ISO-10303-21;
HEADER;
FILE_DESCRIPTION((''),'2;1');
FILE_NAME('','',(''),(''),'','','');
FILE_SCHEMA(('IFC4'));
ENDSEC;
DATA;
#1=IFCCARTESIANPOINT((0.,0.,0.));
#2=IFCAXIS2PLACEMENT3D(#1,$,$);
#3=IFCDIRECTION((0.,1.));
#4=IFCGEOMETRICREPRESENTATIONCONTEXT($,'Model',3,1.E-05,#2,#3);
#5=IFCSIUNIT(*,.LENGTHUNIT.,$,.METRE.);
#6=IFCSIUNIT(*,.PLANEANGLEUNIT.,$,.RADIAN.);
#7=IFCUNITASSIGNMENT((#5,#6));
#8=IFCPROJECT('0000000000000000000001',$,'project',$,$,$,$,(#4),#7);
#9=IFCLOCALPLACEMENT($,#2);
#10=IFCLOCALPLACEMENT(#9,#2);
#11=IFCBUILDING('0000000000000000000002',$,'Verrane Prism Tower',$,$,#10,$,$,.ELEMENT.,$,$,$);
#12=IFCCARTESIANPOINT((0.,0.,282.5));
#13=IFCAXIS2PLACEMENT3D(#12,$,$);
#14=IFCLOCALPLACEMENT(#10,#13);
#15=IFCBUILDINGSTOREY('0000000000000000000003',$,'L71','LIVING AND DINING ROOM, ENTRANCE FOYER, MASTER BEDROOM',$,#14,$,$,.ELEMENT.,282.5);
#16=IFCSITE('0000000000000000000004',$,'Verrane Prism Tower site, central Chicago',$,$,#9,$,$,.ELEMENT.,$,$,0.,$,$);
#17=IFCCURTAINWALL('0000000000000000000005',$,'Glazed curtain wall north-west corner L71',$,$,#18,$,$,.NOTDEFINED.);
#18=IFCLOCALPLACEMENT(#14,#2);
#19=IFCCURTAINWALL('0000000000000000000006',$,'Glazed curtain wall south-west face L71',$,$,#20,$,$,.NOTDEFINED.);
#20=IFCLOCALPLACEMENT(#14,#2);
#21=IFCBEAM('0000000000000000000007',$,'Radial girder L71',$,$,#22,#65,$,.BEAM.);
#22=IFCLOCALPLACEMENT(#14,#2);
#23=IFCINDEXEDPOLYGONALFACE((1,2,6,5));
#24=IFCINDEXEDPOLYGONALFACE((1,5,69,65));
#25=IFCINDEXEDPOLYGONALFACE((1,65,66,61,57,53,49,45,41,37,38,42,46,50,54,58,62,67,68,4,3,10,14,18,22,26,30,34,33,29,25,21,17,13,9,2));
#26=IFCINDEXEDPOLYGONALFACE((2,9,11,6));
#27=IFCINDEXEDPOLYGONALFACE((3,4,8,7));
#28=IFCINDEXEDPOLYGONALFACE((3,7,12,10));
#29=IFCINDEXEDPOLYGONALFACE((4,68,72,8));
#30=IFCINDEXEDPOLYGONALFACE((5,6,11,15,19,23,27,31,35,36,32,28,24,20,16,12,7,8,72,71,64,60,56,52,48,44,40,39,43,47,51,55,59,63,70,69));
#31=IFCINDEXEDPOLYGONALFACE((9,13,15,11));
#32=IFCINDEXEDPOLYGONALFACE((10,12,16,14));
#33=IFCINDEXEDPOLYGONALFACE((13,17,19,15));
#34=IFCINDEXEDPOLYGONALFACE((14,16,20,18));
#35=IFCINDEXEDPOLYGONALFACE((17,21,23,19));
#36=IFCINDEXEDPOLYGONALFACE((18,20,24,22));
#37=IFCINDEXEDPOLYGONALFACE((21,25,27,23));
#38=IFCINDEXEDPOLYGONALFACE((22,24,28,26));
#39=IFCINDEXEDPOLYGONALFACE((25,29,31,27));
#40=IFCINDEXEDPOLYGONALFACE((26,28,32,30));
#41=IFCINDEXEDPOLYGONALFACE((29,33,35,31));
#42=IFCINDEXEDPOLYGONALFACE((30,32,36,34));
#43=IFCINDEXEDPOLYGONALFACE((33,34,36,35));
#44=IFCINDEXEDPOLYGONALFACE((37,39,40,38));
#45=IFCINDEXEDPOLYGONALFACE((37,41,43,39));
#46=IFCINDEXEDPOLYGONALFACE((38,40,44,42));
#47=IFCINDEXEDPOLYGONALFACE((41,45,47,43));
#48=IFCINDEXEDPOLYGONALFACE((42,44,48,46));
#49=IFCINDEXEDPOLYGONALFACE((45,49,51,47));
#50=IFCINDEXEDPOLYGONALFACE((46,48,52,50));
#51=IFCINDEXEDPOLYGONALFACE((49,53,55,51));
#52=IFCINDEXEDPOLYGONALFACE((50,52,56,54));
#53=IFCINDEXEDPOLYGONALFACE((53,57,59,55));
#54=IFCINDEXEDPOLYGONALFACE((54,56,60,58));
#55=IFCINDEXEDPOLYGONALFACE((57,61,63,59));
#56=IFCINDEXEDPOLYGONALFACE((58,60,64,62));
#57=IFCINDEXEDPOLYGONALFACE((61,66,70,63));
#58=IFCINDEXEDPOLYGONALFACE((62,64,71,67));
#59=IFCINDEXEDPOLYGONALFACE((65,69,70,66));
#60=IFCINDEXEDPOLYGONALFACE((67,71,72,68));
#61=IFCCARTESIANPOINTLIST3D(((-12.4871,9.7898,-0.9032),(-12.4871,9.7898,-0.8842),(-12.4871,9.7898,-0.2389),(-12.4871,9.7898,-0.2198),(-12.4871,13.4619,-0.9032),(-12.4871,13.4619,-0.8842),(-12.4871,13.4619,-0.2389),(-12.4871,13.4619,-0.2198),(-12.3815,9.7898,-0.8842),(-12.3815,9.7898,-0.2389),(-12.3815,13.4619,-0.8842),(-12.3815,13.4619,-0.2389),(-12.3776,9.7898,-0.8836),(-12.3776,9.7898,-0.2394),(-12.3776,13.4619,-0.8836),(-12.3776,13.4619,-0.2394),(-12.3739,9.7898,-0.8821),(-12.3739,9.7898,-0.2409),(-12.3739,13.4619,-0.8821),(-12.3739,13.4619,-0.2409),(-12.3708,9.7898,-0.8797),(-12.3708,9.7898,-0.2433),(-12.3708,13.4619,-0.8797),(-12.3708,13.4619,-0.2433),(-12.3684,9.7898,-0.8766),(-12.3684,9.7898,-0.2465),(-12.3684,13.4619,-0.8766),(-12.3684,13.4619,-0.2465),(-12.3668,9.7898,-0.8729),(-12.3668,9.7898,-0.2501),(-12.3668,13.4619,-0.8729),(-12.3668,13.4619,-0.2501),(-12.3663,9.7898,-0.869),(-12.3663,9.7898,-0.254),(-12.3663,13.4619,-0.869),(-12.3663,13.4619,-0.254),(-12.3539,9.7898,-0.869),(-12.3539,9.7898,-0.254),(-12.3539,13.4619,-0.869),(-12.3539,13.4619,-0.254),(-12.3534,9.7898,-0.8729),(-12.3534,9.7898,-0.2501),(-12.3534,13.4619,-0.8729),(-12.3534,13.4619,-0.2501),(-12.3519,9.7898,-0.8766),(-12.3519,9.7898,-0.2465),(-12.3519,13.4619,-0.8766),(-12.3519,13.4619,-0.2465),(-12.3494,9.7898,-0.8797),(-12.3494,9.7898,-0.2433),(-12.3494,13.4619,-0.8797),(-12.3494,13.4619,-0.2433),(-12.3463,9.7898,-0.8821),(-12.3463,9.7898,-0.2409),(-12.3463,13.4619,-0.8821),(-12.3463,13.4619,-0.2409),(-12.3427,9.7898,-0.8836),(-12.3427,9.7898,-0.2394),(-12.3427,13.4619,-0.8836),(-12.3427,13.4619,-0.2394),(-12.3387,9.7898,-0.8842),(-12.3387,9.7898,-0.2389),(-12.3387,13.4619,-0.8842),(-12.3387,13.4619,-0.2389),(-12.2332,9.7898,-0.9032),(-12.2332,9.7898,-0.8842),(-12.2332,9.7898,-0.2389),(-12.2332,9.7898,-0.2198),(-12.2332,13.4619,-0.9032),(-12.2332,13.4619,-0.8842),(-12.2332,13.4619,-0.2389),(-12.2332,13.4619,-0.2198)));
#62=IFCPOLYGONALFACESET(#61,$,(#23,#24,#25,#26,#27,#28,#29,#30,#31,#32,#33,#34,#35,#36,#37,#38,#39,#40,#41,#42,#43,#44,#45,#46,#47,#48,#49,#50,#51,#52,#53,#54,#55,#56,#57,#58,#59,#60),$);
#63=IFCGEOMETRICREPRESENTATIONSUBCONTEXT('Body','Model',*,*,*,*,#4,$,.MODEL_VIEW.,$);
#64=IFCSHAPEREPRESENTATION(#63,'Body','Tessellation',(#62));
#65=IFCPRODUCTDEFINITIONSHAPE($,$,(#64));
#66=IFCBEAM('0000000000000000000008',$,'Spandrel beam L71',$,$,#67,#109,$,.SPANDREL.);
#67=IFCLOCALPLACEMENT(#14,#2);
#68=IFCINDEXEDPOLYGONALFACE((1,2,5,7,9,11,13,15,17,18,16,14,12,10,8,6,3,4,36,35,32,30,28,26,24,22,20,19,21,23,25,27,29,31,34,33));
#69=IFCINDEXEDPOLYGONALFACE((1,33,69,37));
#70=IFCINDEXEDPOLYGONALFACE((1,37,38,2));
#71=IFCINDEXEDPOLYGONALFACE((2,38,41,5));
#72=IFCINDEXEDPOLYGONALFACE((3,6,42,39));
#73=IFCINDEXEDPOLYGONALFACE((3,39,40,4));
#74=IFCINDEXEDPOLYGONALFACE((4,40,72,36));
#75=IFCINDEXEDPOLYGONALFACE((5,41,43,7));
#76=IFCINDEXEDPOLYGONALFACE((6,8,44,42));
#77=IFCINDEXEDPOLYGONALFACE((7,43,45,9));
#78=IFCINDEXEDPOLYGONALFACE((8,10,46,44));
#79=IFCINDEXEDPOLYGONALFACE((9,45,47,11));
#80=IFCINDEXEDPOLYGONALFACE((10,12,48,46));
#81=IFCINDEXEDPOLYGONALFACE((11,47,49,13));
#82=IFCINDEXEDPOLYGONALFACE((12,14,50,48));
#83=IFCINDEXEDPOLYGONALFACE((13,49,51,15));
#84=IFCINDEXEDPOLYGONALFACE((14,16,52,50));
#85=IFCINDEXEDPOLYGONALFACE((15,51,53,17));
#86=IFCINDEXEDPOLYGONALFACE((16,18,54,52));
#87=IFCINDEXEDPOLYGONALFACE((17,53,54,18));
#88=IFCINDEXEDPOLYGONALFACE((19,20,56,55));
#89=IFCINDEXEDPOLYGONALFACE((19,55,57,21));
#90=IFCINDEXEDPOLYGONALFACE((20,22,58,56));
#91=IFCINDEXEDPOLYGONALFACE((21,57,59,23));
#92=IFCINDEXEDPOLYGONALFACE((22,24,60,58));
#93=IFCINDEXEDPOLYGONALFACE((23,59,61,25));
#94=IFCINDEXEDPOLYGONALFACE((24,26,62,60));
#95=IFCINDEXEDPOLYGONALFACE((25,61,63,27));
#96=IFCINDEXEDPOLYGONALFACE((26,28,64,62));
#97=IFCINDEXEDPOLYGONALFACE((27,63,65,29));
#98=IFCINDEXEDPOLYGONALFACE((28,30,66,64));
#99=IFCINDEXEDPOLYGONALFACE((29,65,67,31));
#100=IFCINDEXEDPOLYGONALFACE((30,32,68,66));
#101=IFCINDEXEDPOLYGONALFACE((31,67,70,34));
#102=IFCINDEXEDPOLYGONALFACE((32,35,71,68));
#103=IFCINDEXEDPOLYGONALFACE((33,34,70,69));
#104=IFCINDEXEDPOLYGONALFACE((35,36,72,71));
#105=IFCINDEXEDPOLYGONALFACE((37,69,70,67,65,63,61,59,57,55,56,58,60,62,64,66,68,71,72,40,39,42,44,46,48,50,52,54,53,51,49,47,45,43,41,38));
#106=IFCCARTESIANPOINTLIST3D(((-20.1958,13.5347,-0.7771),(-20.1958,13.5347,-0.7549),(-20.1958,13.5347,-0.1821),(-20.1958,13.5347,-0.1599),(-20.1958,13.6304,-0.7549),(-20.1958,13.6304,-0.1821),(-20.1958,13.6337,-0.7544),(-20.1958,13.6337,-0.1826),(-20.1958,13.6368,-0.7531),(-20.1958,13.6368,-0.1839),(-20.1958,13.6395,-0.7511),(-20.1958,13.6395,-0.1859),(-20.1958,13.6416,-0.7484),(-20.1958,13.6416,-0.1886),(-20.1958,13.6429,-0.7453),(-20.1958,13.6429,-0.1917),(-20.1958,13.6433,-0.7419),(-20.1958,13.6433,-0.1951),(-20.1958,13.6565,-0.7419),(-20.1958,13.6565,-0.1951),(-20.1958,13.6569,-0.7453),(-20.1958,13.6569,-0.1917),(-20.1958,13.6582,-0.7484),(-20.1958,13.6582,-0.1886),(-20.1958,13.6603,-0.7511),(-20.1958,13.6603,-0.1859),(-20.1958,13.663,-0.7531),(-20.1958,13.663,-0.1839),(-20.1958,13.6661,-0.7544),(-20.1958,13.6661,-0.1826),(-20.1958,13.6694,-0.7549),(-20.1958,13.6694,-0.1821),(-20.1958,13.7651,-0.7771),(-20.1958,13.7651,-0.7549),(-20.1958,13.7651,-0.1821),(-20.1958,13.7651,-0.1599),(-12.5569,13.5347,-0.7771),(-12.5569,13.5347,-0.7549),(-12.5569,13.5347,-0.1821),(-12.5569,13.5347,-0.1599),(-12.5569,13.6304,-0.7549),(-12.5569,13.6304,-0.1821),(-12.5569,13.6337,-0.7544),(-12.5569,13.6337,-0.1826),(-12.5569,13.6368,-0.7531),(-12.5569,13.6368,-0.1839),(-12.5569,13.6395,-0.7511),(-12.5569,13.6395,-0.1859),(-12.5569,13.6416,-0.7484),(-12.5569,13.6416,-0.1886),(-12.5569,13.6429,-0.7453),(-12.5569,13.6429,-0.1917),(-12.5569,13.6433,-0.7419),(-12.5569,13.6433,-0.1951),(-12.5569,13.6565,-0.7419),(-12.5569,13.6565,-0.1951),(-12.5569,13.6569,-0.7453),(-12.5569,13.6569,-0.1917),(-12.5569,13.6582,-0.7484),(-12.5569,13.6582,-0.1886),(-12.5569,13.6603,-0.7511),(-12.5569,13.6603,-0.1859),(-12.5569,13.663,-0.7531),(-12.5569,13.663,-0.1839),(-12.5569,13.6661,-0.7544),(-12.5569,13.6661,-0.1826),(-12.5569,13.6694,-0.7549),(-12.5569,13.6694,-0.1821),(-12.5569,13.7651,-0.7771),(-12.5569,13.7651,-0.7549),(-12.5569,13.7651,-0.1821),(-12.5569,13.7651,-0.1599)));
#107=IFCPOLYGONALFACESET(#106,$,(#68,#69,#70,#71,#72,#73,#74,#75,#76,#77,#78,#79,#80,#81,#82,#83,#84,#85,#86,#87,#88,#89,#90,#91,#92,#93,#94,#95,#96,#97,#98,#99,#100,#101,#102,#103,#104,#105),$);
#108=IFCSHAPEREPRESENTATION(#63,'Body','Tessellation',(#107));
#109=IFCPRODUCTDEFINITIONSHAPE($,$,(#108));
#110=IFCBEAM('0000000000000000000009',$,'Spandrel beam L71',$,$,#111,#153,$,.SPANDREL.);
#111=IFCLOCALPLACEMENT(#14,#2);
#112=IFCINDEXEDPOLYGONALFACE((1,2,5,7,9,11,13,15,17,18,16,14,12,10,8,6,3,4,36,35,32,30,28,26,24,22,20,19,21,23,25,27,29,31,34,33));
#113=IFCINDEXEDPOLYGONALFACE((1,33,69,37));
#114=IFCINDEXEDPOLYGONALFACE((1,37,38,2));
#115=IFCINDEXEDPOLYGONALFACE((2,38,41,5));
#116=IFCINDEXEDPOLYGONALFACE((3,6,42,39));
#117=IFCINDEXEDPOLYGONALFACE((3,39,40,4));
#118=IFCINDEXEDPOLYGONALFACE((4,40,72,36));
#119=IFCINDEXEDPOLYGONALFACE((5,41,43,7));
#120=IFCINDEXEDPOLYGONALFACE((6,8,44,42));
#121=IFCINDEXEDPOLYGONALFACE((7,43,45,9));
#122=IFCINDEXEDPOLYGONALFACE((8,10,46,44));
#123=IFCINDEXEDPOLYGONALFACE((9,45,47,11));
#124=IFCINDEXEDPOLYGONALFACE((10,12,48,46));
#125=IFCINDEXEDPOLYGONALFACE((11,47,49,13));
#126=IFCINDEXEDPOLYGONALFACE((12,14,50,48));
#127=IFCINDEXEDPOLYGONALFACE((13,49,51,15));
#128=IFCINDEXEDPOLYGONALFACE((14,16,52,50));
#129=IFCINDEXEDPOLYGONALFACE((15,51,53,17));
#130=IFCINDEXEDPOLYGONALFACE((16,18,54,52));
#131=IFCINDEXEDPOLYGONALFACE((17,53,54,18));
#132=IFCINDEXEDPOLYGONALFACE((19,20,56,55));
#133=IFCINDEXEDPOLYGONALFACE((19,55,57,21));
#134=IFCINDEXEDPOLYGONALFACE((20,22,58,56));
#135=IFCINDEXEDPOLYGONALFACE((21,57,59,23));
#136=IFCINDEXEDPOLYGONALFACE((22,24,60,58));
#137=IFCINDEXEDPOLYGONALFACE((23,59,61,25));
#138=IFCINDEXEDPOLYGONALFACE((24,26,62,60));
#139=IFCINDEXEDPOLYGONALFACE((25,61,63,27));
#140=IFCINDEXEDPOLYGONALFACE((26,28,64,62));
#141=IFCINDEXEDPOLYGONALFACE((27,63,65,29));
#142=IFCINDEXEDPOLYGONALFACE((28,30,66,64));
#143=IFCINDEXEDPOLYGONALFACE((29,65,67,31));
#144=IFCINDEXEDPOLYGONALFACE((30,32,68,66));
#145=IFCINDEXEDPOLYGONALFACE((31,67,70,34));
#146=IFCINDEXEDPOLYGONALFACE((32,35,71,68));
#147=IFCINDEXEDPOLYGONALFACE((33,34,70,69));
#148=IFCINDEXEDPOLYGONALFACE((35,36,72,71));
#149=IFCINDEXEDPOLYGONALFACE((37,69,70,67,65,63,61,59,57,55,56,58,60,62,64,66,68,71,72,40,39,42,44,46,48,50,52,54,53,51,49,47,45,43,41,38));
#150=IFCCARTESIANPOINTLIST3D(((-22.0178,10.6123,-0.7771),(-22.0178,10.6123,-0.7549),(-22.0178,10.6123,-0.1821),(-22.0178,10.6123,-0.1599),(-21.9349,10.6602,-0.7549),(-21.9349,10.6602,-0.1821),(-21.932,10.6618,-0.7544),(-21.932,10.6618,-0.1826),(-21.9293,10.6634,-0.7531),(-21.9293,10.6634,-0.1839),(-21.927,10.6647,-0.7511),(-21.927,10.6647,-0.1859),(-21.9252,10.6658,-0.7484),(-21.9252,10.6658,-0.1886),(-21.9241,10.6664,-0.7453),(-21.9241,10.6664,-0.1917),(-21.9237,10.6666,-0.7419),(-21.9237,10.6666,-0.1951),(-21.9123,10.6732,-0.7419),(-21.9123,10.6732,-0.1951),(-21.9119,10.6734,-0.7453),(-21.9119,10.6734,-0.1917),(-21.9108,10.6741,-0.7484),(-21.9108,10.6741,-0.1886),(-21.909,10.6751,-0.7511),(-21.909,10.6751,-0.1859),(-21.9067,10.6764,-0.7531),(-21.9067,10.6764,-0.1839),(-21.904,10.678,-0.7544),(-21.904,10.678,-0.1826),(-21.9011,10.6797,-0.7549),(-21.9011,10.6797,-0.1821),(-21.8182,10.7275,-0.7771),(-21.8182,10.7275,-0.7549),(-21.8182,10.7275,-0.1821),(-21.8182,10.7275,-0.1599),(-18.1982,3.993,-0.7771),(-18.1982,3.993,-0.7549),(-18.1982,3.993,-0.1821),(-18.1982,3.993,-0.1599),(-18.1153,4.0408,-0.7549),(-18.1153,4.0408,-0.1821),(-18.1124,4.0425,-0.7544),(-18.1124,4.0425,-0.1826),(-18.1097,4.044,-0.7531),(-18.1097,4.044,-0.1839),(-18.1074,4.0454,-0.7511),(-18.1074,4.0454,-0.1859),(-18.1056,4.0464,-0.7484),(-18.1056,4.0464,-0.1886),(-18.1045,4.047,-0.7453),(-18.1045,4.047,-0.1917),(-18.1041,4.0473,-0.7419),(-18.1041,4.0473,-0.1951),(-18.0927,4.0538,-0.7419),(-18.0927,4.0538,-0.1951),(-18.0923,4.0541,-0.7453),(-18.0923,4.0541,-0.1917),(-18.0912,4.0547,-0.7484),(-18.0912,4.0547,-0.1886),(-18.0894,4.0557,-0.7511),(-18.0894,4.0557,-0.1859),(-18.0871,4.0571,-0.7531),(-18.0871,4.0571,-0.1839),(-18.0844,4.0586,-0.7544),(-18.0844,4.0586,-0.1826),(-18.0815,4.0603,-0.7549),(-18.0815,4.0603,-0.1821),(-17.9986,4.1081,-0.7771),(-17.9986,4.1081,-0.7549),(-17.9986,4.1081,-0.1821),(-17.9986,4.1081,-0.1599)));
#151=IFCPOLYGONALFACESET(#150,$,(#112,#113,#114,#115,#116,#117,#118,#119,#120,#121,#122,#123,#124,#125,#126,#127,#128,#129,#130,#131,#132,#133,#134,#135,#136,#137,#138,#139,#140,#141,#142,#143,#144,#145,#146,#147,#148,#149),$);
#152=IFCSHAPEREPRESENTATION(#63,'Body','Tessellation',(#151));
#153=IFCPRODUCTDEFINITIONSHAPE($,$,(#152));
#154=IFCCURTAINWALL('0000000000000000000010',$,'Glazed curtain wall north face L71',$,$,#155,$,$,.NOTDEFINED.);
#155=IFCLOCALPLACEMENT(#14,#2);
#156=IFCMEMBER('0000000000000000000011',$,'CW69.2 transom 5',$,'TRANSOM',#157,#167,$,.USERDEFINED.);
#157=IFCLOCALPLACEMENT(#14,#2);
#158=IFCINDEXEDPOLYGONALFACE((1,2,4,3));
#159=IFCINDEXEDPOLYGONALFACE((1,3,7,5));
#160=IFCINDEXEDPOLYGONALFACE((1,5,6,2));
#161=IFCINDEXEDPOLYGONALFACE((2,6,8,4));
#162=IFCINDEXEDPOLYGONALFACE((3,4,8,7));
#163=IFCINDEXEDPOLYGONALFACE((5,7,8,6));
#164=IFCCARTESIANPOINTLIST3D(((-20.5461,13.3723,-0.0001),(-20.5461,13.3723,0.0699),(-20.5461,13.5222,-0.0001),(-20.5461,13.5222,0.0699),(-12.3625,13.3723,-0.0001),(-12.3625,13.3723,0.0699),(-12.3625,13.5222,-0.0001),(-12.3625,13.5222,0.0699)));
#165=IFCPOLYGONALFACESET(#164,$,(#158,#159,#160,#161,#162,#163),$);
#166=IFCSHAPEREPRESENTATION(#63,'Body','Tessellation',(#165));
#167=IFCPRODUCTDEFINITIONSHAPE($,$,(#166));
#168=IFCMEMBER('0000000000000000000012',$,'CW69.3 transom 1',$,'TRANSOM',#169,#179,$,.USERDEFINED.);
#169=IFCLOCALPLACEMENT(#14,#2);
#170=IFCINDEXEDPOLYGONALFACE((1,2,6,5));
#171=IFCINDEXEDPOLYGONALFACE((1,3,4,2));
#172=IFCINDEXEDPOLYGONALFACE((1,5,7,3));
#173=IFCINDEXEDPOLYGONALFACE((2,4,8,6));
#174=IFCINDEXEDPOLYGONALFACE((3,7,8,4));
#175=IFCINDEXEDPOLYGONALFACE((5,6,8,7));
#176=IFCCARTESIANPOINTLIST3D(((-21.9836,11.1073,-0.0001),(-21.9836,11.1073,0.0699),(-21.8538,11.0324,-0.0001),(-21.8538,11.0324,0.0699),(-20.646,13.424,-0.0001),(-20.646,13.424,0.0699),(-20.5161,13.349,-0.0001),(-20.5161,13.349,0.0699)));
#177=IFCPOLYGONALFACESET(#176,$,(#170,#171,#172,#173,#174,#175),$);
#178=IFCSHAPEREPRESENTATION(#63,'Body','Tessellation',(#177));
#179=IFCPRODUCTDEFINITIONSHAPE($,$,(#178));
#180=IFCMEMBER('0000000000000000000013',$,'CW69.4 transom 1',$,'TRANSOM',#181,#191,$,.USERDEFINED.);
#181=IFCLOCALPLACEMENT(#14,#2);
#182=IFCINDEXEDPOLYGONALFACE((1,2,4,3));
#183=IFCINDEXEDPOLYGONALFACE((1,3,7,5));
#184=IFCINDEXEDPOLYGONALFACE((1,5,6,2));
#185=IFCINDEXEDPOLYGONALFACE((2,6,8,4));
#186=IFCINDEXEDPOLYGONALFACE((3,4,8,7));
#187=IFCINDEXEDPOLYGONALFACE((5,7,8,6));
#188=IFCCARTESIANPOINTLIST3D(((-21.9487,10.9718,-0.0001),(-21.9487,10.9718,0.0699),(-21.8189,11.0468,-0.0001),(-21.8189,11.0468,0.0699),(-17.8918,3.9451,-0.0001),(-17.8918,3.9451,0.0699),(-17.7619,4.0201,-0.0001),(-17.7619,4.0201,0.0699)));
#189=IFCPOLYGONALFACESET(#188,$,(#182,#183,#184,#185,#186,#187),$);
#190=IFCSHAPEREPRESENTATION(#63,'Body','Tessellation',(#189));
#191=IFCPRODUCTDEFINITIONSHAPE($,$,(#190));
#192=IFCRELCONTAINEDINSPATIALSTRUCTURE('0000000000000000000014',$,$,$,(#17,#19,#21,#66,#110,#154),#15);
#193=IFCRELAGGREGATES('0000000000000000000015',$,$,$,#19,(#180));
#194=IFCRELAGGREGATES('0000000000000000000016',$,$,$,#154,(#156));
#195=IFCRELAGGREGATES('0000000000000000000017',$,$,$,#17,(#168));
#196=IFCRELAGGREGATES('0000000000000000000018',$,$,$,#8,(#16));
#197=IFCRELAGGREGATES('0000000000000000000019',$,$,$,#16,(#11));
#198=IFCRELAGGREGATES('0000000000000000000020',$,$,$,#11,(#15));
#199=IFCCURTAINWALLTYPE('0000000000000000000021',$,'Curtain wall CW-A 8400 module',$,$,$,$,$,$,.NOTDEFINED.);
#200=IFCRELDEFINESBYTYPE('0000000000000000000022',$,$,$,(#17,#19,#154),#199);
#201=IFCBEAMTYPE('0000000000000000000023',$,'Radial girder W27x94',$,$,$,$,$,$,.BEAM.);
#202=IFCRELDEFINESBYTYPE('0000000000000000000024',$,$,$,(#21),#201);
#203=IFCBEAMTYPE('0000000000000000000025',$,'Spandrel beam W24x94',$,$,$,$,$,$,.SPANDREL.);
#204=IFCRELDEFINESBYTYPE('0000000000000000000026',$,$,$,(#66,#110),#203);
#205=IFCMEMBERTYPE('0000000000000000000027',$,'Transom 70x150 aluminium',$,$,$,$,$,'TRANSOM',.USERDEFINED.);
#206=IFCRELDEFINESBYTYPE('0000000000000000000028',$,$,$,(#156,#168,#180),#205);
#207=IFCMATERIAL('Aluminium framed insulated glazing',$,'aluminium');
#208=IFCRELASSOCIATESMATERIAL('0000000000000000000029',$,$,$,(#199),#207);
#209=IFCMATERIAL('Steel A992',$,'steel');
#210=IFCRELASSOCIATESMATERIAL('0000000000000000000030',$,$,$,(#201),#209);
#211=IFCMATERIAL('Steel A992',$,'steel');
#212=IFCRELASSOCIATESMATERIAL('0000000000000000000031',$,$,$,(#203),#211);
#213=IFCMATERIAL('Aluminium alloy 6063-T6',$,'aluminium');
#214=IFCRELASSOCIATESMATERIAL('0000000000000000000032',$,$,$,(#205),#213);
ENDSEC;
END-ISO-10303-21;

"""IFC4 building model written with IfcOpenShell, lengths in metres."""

from ifc_helpers import new_model, si_unit, direction, frame, origin, origin_2d, place, context, subcontext, project, spatial, rectangle, i_section, extrude, material, material_profile, profile_set, type_object, element, aggregate, save


model = new_model("IFC4")

# Units and contexts
model_context = context("Model", 3, precision=1e-05, world=origin(), true_north=direction((0.0, 1.0)))
body_context = subcontext(model_context, "Body", "Model", "MODEL_VIEW")
ifc_project = project(units=[si_unit("LENGTHUNIT", "METRE"), si_unit("PLANEANGLEUNIT", "RADIAN")], contexts=[model_context])

# Site, building, storey
site_placement = place(None, origin())
site = spatial("IfcSite", under=ifc_project, at=site_placement, Name="Verrane Prism Tower site, central Chicago", CompositionType="ELEMENT", RefElevation=0.0)
building_placement = place(site_placement, origin())
building = spatial("IfcBuilding", under=site, at=building_placement, Name="Verrane Prism Tower", CompositionType="ELEMENT")
storey_placement = place(building_placement, frame((0.0, 0.0, 282.5)))
storey = spatial("IfcBuildingStorey", under=building, at=storey_placement, Name="L71", Description="LIVING AND DINING ROOM, ENTRANCE FOYER, MASTER BEDROOM", CompositionType="ELEMENT", Elevation=282.5)

# Curtain walls
ifc_material_1 = material(Name="Aluminium framed insulated glazing", Category="aluminium")
curtain_wall_type = type_object("IfcCurtainWallType", Name="Curtain wall CW-A 8400 module", PredefinedType="NOTDEFINED", material=ifc_material_1)
curtain_wall_1_placement = place(storey_placement, origin())
curtain_wall_1 = element("IfcCurtainWall", 1, at=curtain_wall_1_placement, inside=storey, type_object=curtain_wall_type, Name="Glazed curtain wall north-west corner L71", PredefinedType="NOTDEFINED")
curtain_wall_2_placement = place(storey_placement, origin())
curtain_wall_2 = element("IfcCurtainWall", 2, at=curtain_wall_2_placement, inside=storey, type_object=curtain_wall_type, Name="Glazed curtain wall south-west face L71", PredefinedType="NOTDEFINED")

# Beams
ifc_material_2 = material(Name="Steel A992", Category="steel")
ifc_material_profile_1 = material_profile(ifc_material_2, i_section(OverallWidth=0.2539, OverallDepth=0.6833, WebThickness=0.0125, FlangeThickness=0.019, FilletRadius=0.0151, at=origin_2d()), Name="W27x94")
ifc_profile_set_1 = profile_set([ifc_material_profile_1], Name="Steel A992")
beam_type_1 = type_object("IfcBeamType", Name="Radial girder W27x94", PredefinedType="BEAM", material=ifc_profile_set_1)
beam_1_placement = place(storey_placement, frame((-12.3601, 13.4619, -0.5615), z_axis=(0.0, -1.0, 0.0), x_axis=(1.0, 0.0, 0.0)))
element("IfcBeam", 3, at=beam_1_placement, inside=storey, type_object=beam_type_1, Name="Radial girder L71", PredefinedType="BEAM", context=body_context, shape_type="SweptSolid", body=[
    extrude(i_section(OverallWidth=0.2539, OverallDepth=0.6833, WebThickness=0.0125, FlangeThickness=0.019, FilletRadius=0.0151, at=origin_2d()), origin(), (0.0, 0.0, 1.0), 3.6721),
])
ifc_material_3 = material(Name="Steel A992", Category="steel")
ifc_material_profile_2 = material_profile(ifc_material_3, i_section(OverallWidth=0.2305, OverallDepth=0.6172, WebThickness=0.0132, FlangeThickness=0.0222, FilletRadius=0.0129, at=origin_2d()), Name="W24x94")
ifc_profile_set_2 = profile_set([ifc_material_profile_2], Name="Steel A992")
beam_type_2 = type_object("IfcBeamType", Name="Spandrel beam W24x94", PredefinedType="SPANDREL", material=ifc_profile_set_2)
beam_2_placement = place(storey_placement, frame((-12.5569, 13.6499, -0.4685), z_axis=(-1.0, 0.0, 0.0), x_axis=(0.0, -1.0, 0.0)))
element("IfcBeam", 4, at=beam_2_placement, inside=storey, type_object=beam_type_2, Name="Spandrel beam L71", PredefinedType="SPANDREL", context=body_context, shape_type="SweptSolid", body=[
    extrude(i_section(OverallWidth=0.2305, OverallDepth=0.6172, WebThickness=0.0132, FlangeThickness=0.0222, FilletRadius=0.0129, at=origin_2d()), origin(), (0.0, 0.0, 1.0), 7.6389),
])
beam_3_placement = place(storey_placement, frame((-21.918, 10.6699, -0.4685), z_axis=(0.499792, -0.866146, 0.0), x_axis=(0.866146, 0.499792, 0.0)))
element("IfcBeam", 5, at=beam_3_placement, inside=storey, type_object=beam_type_2, Name="Spandrel beam L71", PredefinedType="SPANDREL", context=body_context, shape_type="SweptSolid", body=[
    extrude(i_section(OverallWidth=0.2305, OverallDepth=0.6172, WebThickness=0.0132, FlangeThickness=0.0222, FilletRadius=0.0129, at=origin_2d()), origin(), (0.0, 0.0, 1.0), 7.6423),
])

# Curtain wall, member
curtain_wall_3_placement = place(storey_placement, origin())
curtain_wall_3 = element("IfcCurtainWall", 6, at=curtain_wall_3_placement, inside=storey, type_object=curtain_wall_type, Name="Glazed curtain wall north face L71", PredefinedType="NOTDEFINED")
ifc_material_4 = material(Name="Aluminium alloy 6063-T6", Category="aluminium")
ifc_material_profile_3 = material_profile(ifc_material_4, rectangle(XDim=0.1499, YDim=0.0701, at=origin_2d()), Name="Transom 70x150 aluminium")
ifc_profile_set_3 = profile_set([ifc_material_profile_3], Name="Aluminium alloy 6063-T6")
member_type_1 = type_object("IfcMemberType", Name="Transom 70x150 aluminium", ElementType="TRANSOM", PredefinedType="USERDEFINED", material=ifc_profile_set_3)
member_1_placement = place(storey_placement, frame((-12.3625, 13.4473, 0.0349), z_axis=(-1.0, 0.0, 0.0), x_axis=(0.0, -1.0, 0.0)))
member_1 = element("IfcMember", 7, at=member_1_placement, type_object=member_type_1, Name="CW69.2 transom 5", ObjectType="TRANSOM", PredefinedType="USERDEFINED", context=body_context, shape_type="SweptSolid", body=[
    extrude(rectangle(XDim=0.1499, YDim=0.0701, at=origin_2d()), origin(), (0.0, 0.0, 1.0), 8.1836),
])

# Members
member_2_placement = place(storey_placement, frame((-20.5811, 13.3865, 0.0349), z_axis=(-0.500036, -0.866005, 0.0), x_axis=(0.866005, -0.500036, 0.0)))
member_2 = element("IfcMember", 8, at=member_2_placement, type_object=member_type_1, Name="CW69.3 transom 1", ObjectType="TRANSOM", PredefinedType="USERDEFINED", context=body_context, shape_type="SweptSolid", body=[
    extrude(rectangle(XDim=0.1499, YDim=0.0701, at=origin_2d()), origin(), (0.0, 0.0, 1.0), 2.675),
])
member_3_placement = place(storey_placement, frame((-21.8838, 11.0093, 0.0349), z_axis=(0.500006, -0.866022, 0.0), x_axis=(0.866022, 0.500006, 0.0)))
member_3 = element("IfcMember", 9, at=member_3_placement, type_object=member_type_1, Name="CW69.4 transom 1", ObjectType="TRANSOM", PredefinedType="USERDEFINED", context=body_context, shape_type="SweptSolid", body=[
    extrude(rectangle(XDim=0.1499, YDim=0.0701, at=origin_2d()), origin(), (0.0, 0.0, 1.0), 8.1138),
])
aggregate(curtain_wall_2, [member_3])

aggregate(curtain_wall_3, [member_1])
aggregate(curtain_wall_1, [member_2])

save(model, "model.ifc")
